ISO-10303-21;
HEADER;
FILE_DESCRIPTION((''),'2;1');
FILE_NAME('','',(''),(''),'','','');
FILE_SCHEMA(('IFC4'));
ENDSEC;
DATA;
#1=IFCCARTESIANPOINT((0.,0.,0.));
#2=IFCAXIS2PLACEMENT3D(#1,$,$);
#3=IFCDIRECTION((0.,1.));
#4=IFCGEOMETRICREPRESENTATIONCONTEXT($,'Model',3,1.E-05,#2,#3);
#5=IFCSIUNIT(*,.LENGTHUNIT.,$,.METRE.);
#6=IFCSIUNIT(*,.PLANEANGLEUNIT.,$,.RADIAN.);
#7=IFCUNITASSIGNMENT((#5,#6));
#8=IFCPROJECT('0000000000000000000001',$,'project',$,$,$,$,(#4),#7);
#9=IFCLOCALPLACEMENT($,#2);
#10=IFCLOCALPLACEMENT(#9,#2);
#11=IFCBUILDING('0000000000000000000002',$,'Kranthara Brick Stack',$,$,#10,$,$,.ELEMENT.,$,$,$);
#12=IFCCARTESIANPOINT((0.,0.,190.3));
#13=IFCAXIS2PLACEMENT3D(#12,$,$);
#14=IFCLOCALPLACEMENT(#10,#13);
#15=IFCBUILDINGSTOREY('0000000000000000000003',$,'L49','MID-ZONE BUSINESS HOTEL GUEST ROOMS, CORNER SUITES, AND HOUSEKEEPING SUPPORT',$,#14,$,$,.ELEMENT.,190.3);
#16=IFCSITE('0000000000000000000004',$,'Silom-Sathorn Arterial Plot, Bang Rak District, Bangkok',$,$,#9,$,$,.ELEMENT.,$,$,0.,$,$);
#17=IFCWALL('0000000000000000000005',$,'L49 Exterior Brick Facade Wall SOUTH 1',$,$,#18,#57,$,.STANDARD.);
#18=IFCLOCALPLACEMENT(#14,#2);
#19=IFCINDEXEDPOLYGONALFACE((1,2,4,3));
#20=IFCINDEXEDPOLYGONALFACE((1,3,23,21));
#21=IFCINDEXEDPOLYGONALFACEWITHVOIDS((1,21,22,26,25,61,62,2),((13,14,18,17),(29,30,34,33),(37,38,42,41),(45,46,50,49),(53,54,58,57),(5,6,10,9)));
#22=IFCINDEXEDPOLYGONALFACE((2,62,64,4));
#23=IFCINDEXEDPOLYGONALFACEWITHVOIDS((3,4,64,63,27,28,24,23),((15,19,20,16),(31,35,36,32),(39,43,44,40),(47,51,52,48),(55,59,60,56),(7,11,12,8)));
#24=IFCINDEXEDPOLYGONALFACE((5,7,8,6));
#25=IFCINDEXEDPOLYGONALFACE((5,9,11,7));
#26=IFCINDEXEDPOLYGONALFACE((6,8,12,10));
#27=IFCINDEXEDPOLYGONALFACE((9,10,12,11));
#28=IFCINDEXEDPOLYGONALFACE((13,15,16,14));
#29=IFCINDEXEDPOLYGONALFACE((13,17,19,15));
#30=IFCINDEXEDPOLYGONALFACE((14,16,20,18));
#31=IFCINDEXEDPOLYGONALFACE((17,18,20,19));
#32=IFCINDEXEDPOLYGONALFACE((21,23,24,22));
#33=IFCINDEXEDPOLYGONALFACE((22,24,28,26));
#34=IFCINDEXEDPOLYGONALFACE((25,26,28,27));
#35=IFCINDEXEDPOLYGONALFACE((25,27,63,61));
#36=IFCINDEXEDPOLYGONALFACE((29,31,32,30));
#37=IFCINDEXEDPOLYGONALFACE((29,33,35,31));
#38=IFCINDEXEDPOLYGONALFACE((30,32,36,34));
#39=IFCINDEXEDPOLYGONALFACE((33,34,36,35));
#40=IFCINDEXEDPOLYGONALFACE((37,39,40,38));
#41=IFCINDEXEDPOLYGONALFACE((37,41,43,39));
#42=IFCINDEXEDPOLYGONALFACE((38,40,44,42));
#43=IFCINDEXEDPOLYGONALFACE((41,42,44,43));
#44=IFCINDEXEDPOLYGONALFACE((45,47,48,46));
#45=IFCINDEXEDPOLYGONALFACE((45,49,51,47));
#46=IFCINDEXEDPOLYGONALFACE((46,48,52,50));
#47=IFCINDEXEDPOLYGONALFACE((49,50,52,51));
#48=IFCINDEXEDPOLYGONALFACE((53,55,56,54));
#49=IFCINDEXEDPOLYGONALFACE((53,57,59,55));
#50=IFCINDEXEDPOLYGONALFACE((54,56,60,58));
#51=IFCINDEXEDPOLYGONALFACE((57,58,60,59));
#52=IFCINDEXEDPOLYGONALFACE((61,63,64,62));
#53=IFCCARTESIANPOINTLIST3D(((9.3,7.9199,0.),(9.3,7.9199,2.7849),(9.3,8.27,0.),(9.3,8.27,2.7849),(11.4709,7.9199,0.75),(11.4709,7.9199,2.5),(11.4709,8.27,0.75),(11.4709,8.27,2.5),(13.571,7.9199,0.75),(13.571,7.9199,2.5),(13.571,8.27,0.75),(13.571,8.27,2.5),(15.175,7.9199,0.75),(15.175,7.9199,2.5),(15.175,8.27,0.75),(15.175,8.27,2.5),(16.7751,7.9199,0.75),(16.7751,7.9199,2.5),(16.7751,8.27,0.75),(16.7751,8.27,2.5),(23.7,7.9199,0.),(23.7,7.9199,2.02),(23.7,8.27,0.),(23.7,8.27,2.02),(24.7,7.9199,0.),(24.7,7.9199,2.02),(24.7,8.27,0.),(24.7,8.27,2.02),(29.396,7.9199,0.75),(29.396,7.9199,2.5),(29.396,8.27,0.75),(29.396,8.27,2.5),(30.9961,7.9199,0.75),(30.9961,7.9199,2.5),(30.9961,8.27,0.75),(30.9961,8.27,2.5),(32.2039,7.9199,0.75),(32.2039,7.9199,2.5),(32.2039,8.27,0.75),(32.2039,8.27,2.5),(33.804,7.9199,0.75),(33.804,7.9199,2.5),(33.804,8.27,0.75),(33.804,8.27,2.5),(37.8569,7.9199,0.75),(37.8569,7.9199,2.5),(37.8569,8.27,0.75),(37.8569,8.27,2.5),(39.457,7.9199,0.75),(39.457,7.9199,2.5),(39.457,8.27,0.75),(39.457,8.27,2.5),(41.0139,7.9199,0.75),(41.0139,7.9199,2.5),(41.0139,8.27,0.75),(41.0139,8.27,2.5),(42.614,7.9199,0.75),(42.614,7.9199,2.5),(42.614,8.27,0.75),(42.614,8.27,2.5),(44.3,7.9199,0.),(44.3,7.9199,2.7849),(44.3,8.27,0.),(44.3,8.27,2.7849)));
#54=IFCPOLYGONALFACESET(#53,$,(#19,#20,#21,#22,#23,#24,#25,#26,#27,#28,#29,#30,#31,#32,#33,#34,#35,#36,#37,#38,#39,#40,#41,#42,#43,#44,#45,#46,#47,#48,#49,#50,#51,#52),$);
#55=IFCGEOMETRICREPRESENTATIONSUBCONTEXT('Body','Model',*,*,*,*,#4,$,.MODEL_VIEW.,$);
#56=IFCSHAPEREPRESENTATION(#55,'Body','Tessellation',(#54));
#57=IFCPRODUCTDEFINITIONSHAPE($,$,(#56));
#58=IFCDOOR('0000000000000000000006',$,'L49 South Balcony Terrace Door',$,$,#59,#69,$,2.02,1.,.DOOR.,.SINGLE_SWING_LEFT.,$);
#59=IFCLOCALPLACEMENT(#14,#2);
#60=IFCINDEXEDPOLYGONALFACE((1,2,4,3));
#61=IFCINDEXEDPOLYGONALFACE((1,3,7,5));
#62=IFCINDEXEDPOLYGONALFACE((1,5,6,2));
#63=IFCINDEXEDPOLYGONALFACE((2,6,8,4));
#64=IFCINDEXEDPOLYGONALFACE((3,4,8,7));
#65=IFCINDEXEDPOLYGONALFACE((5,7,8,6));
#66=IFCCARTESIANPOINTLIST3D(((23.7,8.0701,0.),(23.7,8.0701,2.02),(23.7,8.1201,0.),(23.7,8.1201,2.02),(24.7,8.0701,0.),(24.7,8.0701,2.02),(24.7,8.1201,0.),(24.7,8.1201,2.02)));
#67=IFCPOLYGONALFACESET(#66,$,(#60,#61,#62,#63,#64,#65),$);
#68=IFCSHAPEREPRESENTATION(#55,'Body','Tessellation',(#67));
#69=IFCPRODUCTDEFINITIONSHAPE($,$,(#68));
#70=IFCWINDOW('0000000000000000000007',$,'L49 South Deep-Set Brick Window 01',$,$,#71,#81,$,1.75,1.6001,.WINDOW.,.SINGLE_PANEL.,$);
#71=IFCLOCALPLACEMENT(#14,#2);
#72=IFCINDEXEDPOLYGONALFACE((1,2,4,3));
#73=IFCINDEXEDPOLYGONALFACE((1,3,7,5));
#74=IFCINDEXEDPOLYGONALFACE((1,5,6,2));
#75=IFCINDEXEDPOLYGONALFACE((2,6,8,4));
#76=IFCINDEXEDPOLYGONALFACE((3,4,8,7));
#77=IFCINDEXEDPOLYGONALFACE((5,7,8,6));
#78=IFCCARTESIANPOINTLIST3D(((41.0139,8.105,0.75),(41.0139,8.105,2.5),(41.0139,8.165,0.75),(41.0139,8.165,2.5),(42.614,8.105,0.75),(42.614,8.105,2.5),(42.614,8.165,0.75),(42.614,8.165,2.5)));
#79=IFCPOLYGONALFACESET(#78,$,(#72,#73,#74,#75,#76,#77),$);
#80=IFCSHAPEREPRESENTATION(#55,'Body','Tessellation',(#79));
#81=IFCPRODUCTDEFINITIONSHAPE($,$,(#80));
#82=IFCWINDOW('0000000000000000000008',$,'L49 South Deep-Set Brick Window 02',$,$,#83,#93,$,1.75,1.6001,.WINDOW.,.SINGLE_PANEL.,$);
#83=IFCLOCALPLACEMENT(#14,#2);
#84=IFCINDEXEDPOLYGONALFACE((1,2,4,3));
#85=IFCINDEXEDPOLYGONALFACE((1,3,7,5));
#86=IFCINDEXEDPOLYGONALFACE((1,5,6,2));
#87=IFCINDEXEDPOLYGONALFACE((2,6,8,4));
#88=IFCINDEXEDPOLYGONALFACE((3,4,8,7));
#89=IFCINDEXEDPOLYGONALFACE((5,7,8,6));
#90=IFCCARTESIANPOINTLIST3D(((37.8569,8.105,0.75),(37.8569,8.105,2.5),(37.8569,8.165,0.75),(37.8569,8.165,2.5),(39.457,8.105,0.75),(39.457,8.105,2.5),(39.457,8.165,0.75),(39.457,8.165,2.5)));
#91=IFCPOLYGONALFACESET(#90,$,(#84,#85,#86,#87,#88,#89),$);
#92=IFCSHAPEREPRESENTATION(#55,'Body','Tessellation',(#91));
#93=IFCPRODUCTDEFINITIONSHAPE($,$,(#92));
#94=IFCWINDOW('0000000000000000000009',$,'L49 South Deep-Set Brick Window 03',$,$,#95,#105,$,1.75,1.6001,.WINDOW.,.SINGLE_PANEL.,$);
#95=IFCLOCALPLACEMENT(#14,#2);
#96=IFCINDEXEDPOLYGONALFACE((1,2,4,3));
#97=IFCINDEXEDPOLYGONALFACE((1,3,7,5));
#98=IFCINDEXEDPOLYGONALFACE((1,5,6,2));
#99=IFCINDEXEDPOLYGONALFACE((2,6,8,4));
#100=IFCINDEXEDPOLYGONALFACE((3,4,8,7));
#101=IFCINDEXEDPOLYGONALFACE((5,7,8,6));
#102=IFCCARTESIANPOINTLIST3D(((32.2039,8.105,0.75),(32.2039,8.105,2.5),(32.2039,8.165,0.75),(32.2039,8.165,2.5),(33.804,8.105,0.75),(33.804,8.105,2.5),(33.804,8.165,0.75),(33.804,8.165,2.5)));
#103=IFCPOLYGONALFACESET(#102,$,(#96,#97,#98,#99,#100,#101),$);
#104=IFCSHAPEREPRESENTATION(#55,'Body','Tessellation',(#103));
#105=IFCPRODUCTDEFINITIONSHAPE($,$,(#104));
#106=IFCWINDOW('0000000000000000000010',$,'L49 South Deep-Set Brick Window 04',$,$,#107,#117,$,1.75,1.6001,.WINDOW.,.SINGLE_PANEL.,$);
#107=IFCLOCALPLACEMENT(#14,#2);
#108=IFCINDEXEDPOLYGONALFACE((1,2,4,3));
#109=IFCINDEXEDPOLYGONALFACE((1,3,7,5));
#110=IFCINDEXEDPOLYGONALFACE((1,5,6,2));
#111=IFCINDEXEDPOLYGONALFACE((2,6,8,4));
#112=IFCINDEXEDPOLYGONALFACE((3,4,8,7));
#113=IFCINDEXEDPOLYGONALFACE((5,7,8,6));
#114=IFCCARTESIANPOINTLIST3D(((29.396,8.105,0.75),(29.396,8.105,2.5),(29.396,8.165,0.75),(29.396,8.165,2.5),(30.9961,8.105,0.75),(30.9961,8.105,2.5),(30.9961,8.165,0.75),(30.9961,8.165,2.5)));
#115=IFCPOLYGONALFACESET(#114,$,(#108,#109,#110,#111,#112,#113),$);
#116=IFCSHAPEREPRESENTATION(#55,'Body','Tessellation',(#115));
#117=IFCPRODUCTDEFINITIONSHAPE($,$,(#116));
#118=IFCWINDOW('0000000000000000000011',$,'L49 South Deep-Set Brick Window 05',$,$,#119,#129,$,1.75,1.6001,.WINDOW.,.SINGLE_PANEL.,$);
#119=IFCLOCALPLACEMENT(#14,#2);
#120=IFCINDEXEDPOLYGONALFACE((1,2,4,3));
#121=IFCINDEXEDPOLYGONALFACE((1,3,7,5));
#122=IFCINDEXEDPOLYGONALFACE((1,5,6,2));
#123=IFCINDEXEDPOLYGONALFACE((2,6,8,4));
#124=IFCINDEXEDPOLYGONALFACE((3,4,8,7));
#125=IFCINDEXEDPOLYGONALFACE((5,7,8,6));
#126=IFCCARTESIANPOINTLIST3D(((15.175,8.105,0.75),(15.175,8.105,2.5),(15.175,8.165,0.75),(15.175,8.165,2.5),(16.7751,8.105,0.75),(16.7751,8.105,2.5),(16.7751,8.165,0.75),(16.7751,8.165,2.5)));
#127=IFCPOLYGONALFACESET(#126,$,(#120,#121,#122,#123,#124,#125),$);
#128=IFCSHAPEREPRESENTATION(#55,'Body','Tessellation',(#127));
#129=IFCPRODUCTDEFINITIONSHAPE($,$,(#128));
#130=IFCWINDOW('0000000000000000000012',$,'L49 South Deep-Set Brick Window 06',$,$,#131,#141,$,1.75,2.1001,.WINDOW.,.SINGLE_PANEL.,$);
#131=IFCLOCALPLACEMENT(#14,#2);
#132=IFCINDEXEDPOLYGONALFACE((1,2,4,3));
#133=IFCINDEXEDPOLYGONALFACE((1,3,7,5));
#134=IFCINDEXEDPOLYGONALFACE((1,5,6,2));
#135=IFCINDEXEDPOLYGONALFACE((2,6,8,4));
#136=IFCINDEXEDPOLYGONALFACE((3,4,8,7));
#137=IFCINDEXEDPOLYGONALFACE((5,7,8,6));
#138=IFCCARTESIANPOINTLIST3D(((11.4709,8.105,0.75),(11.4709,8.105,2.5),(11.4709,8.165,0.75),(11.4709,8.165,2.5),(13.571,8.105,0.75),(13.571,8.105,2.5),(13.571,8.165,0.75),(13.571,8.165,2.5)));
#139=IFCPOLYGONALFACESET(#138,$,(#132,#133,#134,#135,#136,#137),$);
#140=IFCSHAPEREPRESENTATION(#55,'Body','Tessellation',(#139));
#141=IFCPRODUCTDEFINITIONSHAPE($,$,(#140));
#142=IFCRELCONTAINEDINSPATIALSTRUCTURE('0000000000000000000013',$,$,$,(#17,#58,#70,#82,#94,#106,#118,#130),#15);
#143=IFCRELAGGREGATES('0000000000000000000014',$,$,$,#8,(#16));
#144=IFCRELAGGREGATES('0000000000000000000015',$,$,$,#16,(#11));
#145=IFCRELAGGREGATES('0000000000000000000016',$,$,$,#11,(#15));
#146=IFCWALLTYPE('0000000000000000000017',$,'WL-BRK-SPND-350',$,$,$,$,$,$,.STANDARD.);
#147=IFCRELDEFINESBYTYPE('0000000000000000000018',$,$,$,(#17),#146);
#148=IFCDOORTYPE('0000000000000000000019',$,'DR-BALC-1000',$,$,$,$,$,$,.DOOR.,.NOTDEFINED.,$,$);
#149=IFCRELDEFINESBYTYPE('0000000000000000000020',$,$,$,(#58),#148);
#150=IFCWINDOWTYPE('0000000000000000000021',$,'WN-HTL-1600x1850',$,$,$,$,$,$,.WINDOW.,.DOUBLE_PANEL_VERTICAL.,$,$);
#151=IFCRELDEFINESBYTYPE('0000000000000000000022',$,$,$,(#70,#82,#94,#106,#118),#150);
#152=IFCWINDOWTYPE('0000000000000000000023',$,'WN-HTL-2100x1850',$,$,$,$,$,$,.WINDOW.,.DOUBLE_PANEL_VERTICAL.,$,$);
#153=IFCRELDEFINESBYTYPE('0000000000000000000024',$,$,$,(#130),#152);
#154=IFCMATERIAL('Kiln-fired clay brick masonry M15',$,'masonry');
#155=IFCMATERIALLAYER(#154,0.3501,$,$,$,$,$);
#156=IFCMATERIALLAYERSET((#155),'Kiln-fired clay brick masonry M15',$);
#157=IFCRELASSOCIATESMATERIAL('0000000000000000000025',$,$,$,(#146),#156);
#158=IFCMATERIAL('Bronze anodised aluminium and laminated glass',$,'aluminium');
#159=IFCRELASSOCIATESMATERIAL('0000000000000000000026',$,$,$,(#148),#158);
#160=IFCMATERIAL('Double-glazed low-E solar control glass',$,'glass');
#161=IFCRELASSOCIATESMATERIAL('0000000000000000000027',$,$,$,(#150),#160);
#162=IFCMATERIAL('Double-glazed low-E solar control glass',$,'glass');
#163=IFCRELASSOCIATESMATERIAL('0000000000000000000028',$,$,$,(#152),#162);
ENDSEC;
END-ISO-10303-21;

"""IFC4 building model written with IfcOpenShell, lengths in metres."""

from ifc_helpers import new_model, si_unit, direction, frame, frame_2d, origin, place, context, subcontext, project, spatial, rectangle, extrude, material, layer, layer_set, type_object, element, fill, save


model = new_model("IFC4")

# Units and contexts
model_context = context("Model", 3, precision=1e-05, world=origin(), true_north=direction((0.0, 1.0)))
body_context = subcontext(model_context, "Body", "Model", "MODEL_VIEW")
ifc_project = project(units=[si_unit("LENGTHUNIT", "METRE"), si_unit("PLANEANGLEUNIT", "RADIAN")], contexts=[model_context])

# Site, building, storey
site_placement = place(None, origin())
site = spatial("IfcSite", under=ifc_project, at=site_placement, Name="Silom-Sathorn Arterial Plot, Bang Rak District, Bangkok", CompositionType="ELEMENT", RefElevation=0.0)
building_placement = place(site_placement, origin())
building = spatial("IfcBuilding", under=site, at=building_placement, Name="Kranthara Brick Stack", CompositionType="ELEMENT")
storey_placement = place(building_placement, frame((0.0, 0.0, 190.3)))
storey = spatial("IfcBuildingStorey", under=building, at=storey_placement, Name="L49", Description="MID-ZONE BUSINESS HOTEL GUEST ROOMS, CORNER SUITES, AND HOUSEKEEPING SUPPORT", CompositionType="ELEMENT", Elevation=190.3)

# Wall, openings, door, windows
ifc_material_1 = material(Name="Kiln-fired clay brick masonry M15", Category="masonry")
ifc_layer_1 = layer(ifc_material_1, 0.3501)
ifc_layer_set_1 = layer_set([ifc_layer_1], Name="Kiln-fired clay brick masonry M15")
wall_type_1 = type_object("IfcWallType", Name="WL-BRK-SPND-350", PredefinedType="STANDARD", material=ifc_layer_set_1)
wall_1_placement = place(storey_placement, frame((44.3, 8.095, 0.0), z_axis=(0.0, 0.0, 1.0), x_axis=(-1.0, 0.0, 0.0)))
wall_1 = element("IfcWall", 1, at=wall_1_placement, inside=storey, type_object=wall_type_1, Name="L49 Exterior Brick Facade Wall SOUTH 1", PredefinedType="STANDARD", context=body_context, shape_type="SweptSolid", body=[
    extrude(rectangle(XDim=35.0, YDim=0.3501, at=frame_2d((17.5, 0.0))), origin(), (0.0, 0.0, 1.0), 2.7849),
])
opening_1_placement = place(wall_1_placement, frame((19.6001, 0.0, 0.0)))
opening_1 = element("IfcOpeningElement", 2, at=opening_1_placement, cuts=wall_1, PredefinedType="OPENING", context=body_context, shape_type="SweptSolid", body=[
    extrude(rectangle(XDim=1.0, YDim=2.02, at=frame_2d((0.5, 1.01))), frame((0.0, 0.1851, 0.0), z_axis=(0.0, -1.0, 0.0), x_axis=(1.0, 0.0, 0.0)), (0.0, 0.0, 1.0), 0.3701),
])
opening_2_placement = place(wall_1_placement, frame((1.686, 0.0, 0.75)))
opening_2 = element("IfcOpeningElement", 3, at=opening_2_placement, cuts=wall_1, PredefinedType="OPENING", context=body_context, shape_type="SweptSolid", body=[
    extrude(rectangle(XDim=1.6001, YDim=1.75, at=frame_2d((0.8, 0.875))), frame((0.0, 0.1851, 0.0), z_axis=(0.0, -1.0, 0.0), x_axis=(1.0, 0.0, 0.0)), (0.0, 0.0, 1.0), 0.3701),
])
opening_3_placement = place(wall_1_placement, frame((4.843, 0.0, 0.75)))
opening_3 = element("IfcOpeningElement", 4, at=opening_3_placement, cuts=wall_1, PredefinedType="OPENING", context=body_context, shape_type="SweptSolid", body=[
    extrude(rectangle(XDim=1.6001, YDim=1.75, at=frame_2d((0.8, 0.875))), frame((0.0, 0.1851, 0.0), z_axis=(0.0, -1.0, 0.0), x_axis=(1.0, 0.0, 0.0)), (0.0, 0.0, 1.0), 0.3701),
])
opening_4_placement = place(wall_1_placement, frame((10.4961, 0.0, 0.75)))
opening_4 = element("IfcOpeningElement", 5, at=opening_4_placement, cuts=wall_1, PredefinedType="OPENING", context=body_context, shape_type="SweptSolid", body=[
    extrude(rectangle(XDim=1.6001, YDim=1.75, at=frame_2d((0.8, 0.875))), frame((0.0, 0.1851, 0.0), z_axis=(0.0, -1.0, 0.0), x_axis=(1.0, 0.0, 0.0)), (0.0, 0.0, 1.0), 0.3701),
])
opening_5_placement = place(wall_1_placement, frame((13.304, 0.0, 0.75)))
opening_5 = element("IfcOpeningElement", 6, at=opening_5_placement, cuts=wall_1, PredefinedType="OPENING", context=body_context, shape_type="SweptSolid", body=[
    extrude(rectangle(XDim=1.6001, YDim=1.75, at=frame_2d((0.8, 0.875))), frame((0.0, 0.1851, 0.0), z_axis=(0.0, -1.0, 0.0), x_axis=(1.0, 0.0, 0.0)), (0.0, 0.0, 1.0), 0.3701),
])
opening_6_placement = place(wall_1_placement, frame((27.5249, 0.0, 0.75)))
opening_6 = element("IfcOpeningElement", 7, at=opening_6_placement, cuts=wall_1, PredefinedType="OPENING", context=body_context, shape_type="SweptSolid", body=[
    extrude(rectangle(XDim=1.6001, YDim=1.75, at=frame_2d((0.8, 0.875))), frame((0.0, 0.1851, 0.0), z_axis=(0.0, -1.0, 0.0), x_axis=(1.0, 0.0, 0.0)), (0.0, 0.0, 1.0), 0.3701),
])
opening_7_placement = place(wall_1_placement, frame((30.729, 0.0, 0.75)))
opening_7 = element("IfcOpeningElement", 8, at=opening_7_placement, cuts=wall_1, PredefinedType="OPENING", context=body_context, shape_type="SweptSolid", body=[
    extrude(rectangle(XDim=2.1001, YDim=1.75, at=frame_2d((1.05, 0.875))), frame((0.0, 0.1851, 0.0), z_axis=(0.0, -1.0, 0.0), x_axis=(1.0, 0.0, 0.0)), (0.0, 0.0, 1.0), 0.3701),
])
ifc_material_2 = material(Name="Bronze anodised aluminium and laminated glass", Category="aluminium")
door_type = type_object("IfcDoorType", Name="DR-BALC-1000", OperationType="NOTDEFINED", PredefinedType="DOOR", material=ifc_material_2)
door_placement = place(opening_1_placement, origin())
door = element("IfcDoor", 9, at=door_placement, inside=storey, type_object=door_type, Name="L49 South Balcony Terrace Door", OperationType="SINGLE_SWING_LEFT", OverallHeight=2.02, OverallWidth=1.0, PredefinedType="DOOR", context=body_context, shape_type="SweptSolid", body=[
    extrude(rectangle(XDim=1.0, YDim=2.02, at=frame_2d((0.5, 1.01))), frame((0.0, 0.0249, 0.0), z_axis=(0.0, -1.0, 0.0), x_axis=(1.0, 0.0, 0.0)), (0.0, 0.0, 1.0), 0.05),
])
fill(opening_1, door)
ifc_material_3 = material(Name="Double-glazed low-E solar control glass", Category="glass")
window_type_1 = type_object("IfcWindowType", Name="WN-HTL-1600x1850", PartitioningType="DOUBLE_PANEL_VERTICAL", PredefinedType="WINDOW", material=ifc_material_3)
window_1_placement = place(opening_2_placement, origin())
window_1 = element("IfcWindow", 10, at=window_1_placement, inside=storey, type_object=window_type_1, Name="L49 South Deep-Set Brick Window 01", OverallHeight=1.75, OverallWidth=1.6001, PartitioningType="SINGLE_PANEL", PredefinedType="WINDOW", context=body_context, shape_type="SweptSolid", body=[
    extrude(rectangle(XDim=1.6001, YDim=1.75, at=frame_2d((0.8, 0.875))), frame((0.0, -0.01, 0.0), z_axis=(0.0, -1.0, 0.0), x_axis=(1.0, 0.0, 0.0)), (0.0, 0.0, 1.0), 0.0601),
])
fill(opening_2, window_1)
window_2_placement = place(opening_3_placement, origin())
window_2 = element("IfcWindow", 11, at=window_2_placement, inside=storey, type_object=window_type_1, Name="L49 South Deep-Set Brick Window 02", OverallHeight=1.75, OverallWidth=1.6001, PartitioningType="SINGLE_PANEL", PredefinedType="WINDOW", context=body_context, shape_type="SweptSolid", body=[
    extrude(rectangle(XDim=1.6001, YDim=1.75, at=frame_2d((0.8, 0.875))), frame((0.0, -0.01, 0.0), z_axis=(0.0, -1.0, 0.0), x_axis=(1.0, 0.0, 0.0)), (0.0, 0.0, 1.0), 0.0601),
])
fill(opening_3, window_2)
window_3_placement = place(opening_4_placement, origin())
window_3 = element("IfcWindow", 12, at=window_3_placement, inside=storey, type_object=window_type_1, Name="L49 South Deep-Set Brick Window 03", OverallHeight=1.75, OverallWidth=1.6001, PartitioningType="SINGLE_PANEL", PredefinedType="WINDOW", context=body_context, shape_type="SweptSolid", body=[
    extrude(rectangle(XDim=1.6001, YDim=1.75, at=frame_2d((0.8, 0.875))), frame((0.0, -0.01, 0.0), z_axis=(0.0, -1.0, 0.0), x_axis=(1.0, 0.0, 0.0)), (0.0, 0.0, 1.0), 0.0601),
])
fill(opening_4, window_3)
window_4_placement = place(opening_5_placement, origin())
window_4 = element("IfcWindow", 13, at=window_4_placement, inside=storey, type_object=window_type_1, Name="L49 South Deep-Set Brick Window 04", OverallHeight=1.75, OverallWidth=1.6001, PartitioningType="SINGLE_PANEL", PredefinedType="WINDOW", context=body_context, shape_type="SweptSolid", body=[
    extrude(rectangle(XDim=1.6001, YDim=1.75, at=frame_2d((0.8, 0.875))), frame((0.0, -0.01, 0.0), z_axis=(0.0, -1.0, 0.0), x_axis=(1.0, 0.0, 0.0)), (0.0, 0.0, 1.0), 0.0601),
])
fill(opening_5, window_4)
window_5_placement = place(opening_6_placement, origin())
window_5 = element("IfcWindow", 14, at=window_5_placement, inside=storey, type_object=window_type_1, Name="L49 South Deep-Set Brick Window 05", OverallHeight=1.75, OverallWidth=1.6001, PartitioningType="SINGLE_PANEL", PredefinedType="WINDOW", context=body_context, shape_type="SweptSolid", body=[
    extrude(rectangle(XDim=1.6001, YDim=1.75, at=frame_2d((0.8, 0.875))), frame((0.0, -0.01, 0.0), z_axis=(0.0, -1.0, 0.0), x_axis=(1.0, 0.0, 0.0)), (0.0, 0.0, 1.0), 0.0601),
])
fill(opening_6, window_5)
ifc_material_4 = material(Name="Double-glazed low-E solar control glass", Category="glass")
window_type_2 = type_object("IfcWindowType", Name="WN-HTL-2100x1850", PartitioningType="DOUBLE_PANEL_VERTICAL", PredefinedType="WINDOW", material=ifc_material_4)
window_6_placement = place(opening_7_placement, origin())
window_6 = element("IfcWindow", 15, at=window_6_placement, inside=storey, type_object=window_type_2, Name="L49 South Deep-Set Brick Window 06", OverallHeight=1.75, OverallWidth=2.1001, PartitioningType="SINGLE_PANEL", PredefinedType="WINDOW", context=body_context, shape_type="SweptSolid", body=[
    extrude(rectangle(XDim=2.1001, YDim=1.75, at=frame_2d((1.05, 0.875))), frame((0.0, -0.01, 0.0), z_axis=(0.0, -1.0, 0.0), x_axis=(1.0, 0.0, 0.0)), (0.0, 0.0, 1.0), 0.0601),
])
fill(opening_7, window_6)

save(model, "model.ifc")
